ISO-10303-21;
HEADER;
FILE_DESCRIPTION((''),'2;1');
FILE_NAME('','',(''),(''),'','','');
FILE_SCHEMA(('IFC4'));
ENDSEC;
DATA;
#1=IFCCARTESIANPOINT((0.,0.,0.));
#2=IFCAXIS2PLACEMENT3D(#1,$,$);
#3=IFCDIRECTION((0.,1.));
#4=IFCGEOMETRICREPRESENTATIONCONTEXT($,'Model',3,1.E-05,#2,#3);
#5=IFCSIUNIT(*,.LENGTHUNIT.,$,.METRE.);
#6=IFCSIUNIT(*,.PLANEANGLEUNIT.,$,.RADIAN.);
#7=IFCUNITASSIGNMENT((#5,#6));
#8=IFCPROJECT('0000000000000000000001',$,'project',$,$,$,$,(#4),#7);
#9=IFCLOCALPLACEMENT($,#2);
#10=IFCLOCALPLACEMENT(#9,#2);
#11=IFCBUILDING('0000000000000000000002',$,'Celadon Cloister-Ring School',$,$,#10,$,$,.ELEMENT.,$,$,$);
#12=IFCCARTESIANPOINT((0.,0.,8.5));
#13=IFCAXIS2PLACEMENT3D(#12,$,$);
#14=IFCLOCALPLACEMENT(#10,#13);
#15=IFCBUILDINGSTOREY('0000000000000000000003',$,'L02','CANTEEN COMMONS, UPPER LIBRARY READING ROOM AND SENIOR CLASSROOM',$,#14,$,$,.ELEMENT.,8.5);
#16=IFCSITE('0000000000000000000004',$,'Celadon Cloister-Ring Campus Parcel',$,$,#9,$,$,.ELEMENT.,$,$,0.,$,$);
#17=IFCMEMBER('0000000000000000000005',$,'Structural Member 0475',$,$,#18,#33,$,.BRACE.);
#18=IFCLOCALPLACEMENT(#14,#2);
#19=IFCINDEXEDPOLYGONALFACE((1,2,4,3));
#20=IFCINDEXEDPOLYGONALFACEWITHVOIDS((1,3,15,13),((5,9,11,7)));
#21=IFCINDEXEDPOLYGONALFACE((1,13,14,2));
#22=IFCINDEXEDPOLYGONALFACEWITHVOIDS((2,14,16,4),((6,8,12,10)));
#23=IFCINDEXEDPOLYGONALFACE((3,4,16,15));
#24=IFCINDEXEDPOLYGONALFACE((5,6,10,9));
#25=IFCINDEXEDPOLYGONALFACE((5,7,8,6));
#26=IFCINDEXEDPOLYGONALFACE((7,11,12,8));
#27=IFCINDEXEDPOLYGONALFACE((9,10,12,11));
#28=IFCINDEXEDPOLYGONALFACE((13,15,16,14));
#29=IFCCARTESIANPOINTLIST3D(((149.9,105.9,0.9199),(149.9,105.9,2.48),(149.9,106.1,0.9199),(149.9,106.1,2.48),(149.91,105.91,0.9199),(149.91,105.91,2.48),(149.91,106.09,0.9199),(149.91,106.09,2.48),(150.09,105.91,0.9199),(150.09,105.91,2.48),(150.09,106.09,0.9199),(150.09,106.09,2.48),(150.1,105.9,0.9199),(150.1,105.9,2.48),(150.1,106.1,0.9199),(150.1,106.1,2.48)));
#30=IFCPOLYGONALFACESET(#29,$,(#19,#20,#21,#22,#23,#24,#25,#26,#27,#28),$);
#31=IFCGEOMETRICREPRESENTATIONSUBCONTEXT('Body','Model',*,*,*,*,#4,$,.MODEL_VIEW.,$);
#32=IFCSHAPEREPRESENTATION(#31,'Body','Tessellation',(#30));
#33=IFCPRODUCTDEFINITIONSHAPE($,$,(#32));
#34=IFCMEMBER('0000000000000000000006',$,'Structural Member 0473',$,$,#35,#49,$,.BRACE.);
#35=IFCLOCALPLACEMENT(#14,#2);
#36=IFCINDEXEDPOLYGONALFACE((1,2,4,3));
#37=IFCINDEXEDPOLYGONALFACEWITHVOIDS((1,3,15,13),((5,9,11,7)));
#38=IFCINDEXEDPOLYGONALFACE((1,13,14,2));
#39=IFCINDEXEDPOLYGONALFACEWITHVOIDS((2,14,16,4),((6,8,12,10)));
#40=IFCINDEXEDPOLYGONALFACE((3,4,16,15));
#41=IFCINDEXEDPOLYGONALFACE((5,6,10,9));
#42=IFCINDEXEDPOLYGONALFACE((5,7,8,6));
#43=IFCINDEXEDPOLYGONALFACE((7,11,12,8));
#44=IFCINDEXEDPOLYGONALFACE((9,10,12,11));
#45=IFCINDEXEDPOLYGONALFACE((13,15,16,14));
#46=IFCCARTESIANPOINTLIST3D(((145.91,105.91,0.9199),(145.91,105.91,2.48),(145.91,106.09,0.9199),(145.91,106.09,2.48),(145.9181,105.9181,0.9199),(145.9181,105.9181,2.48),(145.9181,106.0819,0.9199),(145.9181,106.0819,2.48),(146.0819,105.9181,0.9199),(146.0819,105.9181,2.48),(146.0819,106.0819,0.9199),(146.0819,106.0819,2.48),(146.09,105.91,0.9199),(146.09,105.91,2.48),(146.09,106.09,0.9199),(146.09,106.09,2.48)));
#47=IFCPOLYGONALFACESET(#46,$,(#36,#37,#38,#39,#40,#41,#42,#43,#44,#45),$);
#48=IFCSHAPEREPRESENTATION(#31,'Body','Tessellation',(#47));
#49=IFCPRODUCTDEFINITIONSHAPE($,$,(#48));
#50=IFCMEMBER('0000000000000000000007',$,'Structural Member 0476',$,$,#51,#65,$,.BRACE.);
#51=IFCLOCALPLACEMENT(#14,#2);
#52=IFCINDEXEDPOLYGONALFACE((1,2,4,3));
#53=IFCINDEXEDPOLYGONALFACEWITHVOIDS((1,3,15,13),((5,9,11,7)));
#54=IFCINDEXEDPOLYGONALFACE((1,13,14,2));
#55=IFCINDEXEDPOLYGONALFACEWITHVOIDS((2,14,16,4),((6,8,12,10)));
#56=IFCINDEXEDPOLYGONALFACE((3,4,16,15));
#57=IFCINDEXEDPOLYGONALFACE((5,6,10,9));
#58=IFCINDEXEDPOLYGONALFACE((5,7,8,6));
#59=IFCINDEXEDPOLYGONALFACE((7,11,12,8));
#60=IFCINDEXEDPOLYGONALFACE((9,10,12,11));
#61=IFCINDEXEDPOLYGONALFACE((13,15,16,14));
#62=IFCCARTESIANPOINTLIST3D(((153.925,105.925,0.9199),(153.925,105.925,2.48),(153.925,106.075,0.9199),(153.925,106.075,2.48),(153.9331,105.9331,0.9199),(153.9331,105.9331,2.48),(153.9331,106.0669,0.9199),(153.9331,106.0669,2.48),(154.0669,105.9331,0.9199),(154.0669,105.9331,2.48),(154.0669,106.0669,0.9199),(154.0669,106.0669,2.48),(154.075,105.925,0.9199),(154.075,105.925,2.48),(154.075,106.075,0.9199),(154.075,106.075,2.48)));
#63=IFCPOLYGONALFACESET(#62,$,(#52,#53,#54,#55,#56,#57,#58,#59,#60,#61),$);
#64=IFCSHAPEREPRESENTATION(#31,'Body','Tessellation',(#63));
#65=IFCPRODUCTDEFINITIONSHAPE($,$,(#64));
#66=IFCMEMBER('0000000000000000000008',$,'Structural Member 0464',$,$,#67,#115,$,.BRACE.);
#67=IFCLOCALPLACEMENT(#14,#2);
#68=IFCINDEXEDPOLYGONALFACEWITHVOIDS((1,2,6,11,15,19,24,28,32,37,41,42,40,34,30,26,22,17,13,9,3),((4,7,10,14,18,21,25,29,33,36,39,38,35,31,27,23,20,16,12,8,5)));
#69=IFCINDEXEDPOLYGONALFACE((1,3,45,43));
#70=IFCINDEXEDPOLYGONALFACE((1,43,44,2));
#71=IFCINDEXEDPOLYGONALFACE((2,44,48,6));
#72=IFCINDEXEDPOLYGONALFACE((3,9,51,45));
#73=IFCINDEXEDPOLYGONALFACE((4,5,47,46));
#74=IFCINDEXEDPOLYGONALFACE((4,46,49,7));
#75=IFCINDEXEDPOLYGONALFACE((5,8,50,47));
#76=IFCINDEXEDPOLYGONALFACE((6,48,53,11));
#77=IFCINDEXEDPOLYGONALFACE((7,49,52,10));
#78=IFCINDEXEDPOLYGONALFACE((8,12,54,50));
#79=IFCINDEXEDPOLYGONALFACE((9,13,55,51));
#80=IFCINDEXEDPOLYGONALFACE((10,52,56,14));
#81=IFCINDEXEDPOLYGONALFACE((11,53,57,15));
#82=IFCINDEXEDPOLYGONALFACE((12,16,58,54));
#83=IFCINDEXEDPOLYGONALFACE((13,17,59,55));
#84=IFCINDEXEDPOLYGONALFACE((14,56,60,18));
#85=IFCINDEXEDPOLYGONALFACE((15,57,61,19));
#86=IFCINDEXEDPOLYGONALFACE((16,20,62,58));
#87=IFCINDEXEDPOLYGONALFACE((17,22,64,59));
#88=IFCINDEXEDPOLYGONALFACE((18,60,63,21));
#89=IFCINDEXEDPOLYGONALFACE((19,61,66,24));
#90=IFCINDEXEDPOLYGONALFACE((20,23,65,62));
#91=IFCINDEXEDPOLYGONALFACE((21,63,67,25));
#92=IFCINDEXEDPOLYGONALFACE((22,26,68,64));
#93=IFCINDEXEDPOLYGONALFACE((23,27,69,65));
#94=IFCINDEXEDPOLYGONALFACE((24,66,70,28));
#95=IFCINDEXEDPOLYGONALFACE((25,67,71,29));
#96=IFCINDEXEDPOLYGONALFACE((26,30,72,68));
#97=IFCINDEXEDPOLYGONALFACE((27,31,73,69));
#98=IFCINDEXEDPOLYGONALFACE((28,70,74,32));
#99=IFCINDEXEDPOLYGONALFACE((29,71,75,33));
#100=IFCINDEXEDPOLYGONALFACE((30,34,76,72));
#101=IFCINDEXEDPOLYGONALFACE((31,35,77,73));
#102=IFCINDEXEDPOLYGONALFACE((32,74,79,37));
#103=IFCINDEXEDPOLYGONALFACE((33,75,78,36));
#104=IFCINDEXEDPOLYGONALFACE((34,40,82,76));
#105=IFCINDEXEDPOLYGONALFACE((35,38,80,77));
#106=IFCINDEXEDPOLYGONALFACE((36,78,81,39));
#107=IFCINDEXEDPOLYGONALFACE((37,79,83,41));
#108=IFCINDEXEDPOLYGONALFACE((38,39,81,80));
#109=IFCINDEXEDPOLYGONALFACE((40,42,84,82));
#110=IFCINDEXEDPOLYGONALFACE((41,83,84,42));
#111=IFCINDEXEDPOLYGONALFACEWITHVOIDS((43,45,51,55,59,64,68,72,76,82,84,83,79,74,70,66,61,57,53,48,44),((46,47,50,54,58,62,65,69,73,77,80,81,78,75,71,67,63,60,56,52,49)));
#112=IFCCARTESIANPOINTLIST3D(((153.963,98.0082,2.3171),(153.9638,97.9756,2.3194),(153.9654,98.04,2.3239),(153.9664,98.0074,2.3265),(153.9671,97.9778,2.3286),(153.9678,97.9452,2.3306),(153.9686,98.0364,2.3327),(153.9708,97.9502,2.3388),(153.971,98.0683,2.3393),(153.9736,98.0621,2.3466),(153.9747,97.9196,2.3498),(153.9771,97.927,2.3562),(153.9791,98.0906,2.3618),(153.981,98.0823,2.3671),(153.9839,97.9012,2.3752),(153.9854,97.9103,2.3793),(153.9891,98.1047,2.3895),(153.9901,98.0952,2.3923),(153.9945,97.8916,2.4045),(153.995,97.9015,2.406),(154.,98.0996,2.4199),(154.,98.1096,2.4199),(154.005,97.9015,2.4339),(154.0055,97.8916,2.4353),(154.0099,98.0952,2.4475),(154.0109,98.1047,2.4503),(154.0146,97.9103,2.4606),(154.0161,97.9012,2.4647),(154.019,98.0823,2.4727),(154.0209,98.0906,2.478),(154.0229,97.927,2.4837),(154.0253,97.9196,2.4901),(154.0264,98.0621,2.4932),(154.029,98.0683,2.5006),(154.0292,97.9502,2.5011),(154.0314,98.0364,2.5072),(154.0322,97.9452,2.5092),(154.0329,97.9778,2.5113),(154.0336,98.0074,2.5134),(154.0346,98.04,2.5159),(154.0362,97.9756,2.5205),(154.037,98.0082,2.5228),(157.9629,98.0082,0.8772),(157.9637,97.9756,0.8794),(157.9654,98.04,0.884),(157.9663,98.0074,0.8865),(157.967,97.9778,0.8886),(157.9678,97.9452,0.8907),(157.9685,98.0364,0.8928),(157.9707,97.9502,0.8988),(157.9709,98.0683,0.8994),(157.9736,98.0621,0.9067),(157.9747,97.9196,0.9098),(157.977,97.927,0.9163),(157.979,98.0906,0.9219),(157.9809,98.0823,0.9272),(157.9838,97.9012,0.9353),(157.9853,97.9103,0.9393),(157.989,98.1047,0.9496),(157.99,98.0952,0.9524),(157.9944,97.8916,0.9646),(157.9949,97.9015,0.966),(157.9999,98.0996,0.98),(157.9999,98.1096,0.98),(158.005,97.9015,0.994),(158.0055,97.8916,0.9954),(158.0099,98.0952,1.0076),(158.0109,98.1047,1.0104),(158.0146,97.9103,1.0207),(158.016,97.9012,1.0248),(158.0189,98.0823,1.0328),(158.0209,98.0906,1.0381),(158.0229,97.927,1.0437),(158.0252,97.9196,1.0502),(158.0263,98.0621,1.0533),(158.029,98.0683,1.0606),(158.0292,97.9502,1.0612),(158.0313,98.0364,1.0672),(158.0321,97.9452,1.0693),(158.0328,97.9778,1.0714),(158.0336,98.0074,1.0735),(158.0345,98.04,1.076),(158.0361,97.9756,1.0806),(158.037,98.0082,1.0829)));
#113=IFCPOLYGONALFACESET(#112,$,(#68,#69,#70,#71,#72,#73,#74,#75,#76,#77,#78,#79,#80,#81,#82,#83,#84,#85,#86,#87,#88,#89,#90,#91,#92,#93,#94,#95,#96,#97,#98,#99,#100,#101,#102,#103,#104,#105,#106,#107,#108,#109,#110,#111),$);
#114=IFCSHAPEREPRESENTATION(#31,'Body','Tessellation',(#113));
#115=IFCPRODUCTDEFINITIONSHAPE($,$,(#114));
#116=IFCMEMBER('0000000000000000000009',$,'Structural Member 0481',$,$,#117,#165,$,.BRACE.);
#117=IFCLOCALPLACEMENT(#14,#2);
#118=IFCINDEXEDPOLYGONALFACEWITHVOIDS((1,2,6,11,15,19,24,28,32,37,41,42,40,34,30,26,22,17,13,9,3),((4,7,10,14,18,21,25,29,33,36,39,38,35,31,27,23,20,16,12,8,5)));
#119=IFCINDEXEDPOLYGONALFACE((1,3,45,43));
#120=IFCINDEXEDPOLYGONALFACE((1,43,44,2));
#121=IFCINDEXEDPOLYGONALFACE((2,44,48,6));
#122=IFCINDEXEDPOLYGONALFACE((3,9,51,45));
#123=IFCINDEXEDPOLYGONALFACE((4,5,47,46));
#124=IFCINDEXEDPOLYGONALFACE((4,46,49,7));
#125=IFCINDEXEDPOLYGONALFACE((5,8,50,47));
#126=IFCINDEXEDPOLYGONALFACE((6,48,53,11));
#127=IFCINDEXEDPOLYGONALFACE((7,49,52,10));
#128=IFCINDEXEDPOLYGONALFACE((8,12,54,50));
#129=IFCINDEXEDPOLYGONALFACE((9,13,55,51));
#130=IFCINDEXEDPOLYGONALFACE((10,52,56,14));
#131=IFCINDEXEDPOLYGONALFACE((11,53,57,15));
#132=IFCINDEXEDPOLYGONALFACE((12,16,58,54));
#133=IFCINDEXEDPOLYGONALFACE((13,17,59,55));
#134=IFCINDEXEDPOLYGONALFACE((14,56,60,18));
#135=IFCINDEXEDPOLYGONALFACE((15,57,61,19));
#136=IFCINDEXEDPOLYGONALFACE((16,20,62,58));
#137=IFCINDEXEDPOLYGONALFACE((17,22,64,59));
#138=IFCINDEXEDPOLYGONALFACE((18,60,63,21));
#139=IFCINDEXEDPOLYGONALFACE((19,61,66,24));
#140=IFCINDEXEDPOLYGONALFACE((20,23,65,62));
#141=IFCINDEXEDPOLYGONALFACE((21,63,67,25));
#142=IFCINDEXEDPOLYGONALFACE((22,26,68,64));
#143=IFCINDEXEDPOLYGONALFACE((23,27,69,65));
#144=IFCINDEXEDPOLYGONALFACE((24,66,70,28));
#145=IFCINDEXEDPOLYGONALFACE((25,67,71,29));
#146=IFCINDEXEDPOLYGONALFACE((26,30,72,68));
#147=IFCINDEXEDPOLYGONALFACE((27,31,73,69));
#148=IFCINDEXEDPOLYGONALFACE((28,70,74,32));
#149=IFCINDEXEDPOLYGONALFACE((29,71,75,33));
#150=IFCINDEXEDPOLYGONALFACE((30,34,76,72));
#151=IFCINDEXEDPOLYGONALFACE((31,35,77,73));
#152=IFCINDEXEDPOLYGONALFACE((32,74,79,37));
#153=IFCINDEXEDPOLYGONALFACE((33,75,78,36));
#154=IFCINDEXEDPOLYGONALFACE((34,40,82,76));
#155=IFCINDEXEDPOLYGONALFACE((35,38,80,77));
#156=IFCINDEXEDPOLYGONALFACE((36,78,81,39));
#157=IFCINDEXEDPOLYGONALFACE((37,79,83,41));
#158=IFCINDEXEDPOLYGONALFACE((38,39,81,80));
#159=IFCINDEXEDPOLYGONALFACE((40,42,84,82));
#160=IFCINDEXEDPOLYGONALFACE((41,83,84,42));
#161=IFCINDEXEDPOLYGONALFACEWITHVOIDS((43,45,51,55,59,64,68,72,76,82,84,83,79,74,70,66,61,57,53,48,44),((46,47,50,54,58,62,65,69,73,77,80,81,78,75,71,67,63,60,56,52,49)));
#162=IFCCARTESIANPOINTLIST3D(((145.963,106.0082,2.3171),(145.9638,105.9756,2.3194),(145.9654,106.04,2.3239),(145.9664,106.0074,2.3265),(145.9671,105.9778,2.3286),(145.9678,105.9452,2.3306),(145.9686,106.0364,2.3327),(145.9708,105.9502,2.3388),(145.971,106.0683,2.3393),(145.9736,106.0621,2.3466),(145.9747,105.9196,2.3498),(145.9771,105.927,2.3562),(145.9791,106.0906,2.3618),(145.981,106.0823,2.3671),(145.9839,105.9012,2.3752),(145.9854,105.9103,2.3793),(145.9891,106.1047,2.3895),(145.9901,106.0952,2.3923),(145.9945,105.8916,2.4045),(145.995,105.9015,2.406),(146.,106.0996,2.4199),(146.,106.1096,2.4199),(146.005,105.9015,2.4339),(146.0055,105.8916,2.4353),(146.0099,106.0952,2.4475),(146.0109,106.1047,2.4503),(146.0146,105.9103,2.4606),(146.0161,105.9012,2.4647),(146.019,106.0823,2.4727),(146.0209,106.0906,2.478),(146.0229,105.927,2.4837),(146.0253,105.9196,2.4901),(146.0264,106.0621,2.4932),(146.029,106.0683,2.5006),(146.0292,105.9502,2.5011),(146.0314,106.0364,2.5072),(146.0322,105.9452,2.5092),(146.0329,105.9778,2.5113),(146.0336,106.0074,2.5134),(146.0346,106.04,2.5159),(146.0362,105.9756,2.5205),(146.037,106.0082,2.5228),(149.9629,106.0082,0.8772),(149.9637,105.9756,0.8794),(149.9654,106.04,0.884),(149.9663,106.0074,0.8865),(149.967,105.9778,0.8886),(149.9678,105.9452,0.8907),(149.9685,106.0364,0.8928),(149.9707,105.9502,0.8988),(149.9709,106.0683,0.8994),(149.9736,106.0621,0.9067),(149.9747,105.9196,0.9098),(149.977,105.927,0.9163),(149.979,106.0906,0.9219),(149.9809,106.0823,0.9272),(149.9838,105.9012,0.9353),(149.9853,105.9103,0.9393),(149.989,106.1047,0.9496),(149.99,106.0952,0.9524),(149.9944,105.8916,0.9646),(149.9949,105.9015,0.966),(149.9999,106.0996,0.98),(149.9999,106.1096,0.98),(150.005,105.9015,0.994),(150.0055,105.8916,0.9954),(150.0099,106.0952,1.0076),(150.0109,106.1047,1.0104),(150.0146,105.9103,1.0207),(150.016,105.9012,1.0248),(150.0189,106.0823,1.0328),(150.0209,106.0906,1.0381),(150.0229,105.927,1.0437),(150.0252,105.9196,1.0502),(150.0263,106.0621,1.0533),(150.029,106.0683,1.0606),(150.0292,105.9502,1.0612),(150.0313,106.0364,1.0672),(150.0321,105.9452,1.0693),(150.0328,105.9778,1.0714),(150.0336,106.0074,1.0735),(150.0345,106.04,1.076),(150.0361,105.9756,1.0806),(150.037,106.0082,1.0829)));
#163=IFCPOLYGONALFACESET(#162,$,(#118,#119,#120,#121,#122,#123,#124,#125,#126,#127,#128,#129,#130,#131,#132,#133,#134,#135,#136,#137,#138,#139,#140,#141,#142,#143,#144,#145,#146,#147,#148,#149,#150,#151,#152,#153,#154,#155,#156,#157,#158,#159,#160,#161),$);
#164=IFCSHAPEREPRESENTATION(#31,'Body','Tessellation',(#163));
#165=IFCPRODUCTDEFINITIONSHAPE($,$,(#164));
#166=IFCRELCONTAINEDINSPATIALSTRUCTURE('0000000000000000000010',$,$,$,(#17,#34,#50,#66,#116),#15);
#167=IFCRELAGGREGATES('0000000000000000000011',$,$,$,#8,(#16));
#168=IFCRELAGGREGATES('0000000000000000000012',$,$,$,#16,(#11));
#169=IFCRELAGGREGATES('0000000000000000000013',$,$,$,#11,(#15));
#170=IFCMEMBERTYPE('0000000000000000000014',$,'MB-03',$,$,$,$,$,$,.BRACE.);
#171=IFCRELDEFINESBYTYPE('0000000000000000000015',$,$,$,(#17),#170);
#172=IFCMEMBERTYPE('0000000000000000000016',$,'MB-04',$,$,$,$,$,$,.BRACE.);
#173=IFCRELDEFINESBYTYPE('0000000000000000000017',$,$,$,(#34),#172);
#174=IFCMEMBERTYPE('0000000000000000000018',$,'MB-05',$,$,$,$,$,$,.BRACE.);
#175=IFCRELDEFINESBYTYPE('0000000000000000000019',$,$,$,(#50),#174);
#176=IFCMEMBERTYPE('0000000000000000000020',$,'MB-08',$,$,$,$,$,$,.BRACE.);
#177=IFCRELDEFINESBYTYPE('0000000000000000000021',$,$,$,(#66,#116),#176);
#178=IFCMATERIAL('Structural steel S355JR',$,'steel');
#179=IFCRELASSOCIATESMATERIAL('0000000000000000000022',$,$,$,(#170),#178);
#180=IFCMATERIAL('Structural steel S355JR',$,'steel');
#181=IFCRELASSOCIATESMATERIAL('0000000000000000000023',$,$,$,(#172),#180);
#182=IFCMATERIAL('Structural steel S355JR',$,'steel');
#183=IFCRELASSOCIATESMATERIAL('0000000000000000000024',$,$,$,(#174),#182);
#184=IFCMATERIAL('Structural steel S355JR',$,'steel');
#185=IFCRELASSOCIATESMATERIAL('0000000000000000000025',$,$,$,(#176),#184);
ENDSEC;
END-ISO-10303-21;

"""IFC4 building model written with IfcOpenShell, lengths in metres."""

from ifc_helpers import new_model, si_unit, direction, frame, origin, origin_2d, place, context, subcontext, project, spatial, hollow_rectangle, hollow_circle, extrude, material, material_profile, profile_set, type_object, element, save


model = new_model("IFC4")

# Units and contexts
model_context = context("Model", 3, precision=1e-05, world=origin(), true_north=direction((0.0, 1.0)))
body_context = subcontext(model_context, "Body", "Model", "MODEL_VIEW")
ifc_project = project(units=[si_unit("LENGTHUNIT", "METRE"), si_unit("PLANEANGLEUNIT", "RADIAN")], contexts=[model_context])

# Site, building, storey
site_placement = place(None, origin())
site = spatial("IfcSite", under=ifc_project, at=site_placement, Name="Celadon Cloister-Ring Campus Parcel", CompositionType="ELEMENT", RefElevation=0.0)
building_placement = place(site_placement, origin())
building = spatial("IfcBuilding", under=site, at=building_placement, Name="Celadon Cloister-Ring School", CompositionType="ELEMENT")
storey_placement = place(building_placement, frame((0.0, 0.0, 8.5)))
storey = spatial("IfcBuildingStorey", under=building, at=storey_placement, Name="L02", Description="CANTEEN COMMONS, UPPER LIBRARY READING ROOM AND SENIOR CLASSROOM", CompositionType="ELEMENT", Elevation=8.5)

# Members
ifc_material_1 = material(Name="Structural steel S355JR", Category="steel")
ifc_material_profile_1 = material_profile(ifc_material_1, hollow_rectangle(XDim=0.2, YDim=0.2, WallThickness=0.01, at=origin_2d()), Name="HSS200X200X10")
ifc_profile_set_1 = profile_set([ifc_material_profile_1], Name="Structural steel S355JR")
member_type_1 = type_object("IfcMemberType", Name="MB-03", PredefinedType="BRACE", material=ifc_profile_set_1)
member_1_placement = place(storey_placement, frame((150.0, 106.0, 0.9199), z_axis=(0.0, 0.0, 1.0), x_axis=(1.0, 0.0, 0.0)))
element("IfcMember", 1, at=member_1_placement, inside=storey, type_object=member_type_1, Name="Structural Member 0475", PredefinedType="BRACE", context=body_context, shape_type="SweptSolid", body=[
    extrude(hollow_rectangle(XDim=0.2, YDim=0.2, WallThickness=0.01, at=origin_2d()), origin(), (0.0, 0.0, 1.0), 1.5601),
])
ifc_material_2 = material(Name="Structural steel S355JR", Category="steel")
ifc_material_profile_2 = material_profile(ifc_material_2, hollow_rectangle(XDim=0.1799, YDim=0.1799, WallThickness=0.0081, at=origin_2d()), Name="HSS180X180X8")
ifc_profile_set_2 = profile_set([ifc_material_profile_2], Name="Structural steel S355JR")
member_type_2 = type_object("IfcMemberType", Name="MB-04", PredefinedType="BRACE", material=ifc_profile_set_2)
member_2_placement = place(storey_placement, frame((146.0, 106.0, 0.9199), z_axis=(0.0, 0.0, 1.0), x_axis=(1.0, 0.0, 0.0)))
element("IfcMember", 2, at=member_2_placement, inside=storey, type_object=member_type_2, Name="Structural Member 0473", PredefinedType="BRACE", context=body_context, shape_type="SweptSolid", body=[
    extrude(hollow_rectangle(XDim=0.1799, YDim=0.1799, WallThickness=0.0081, at=origin_2d()), origin(), (0.0, 0.0, 1.0), 1.5601),
])
ifc_material_3 = material(Name="Structural steel S355JR", Category="steel")
ifc_material_profile_3 = material_profile(ifc_material_3, hollow_rectangle(XDim=0.1499, YDim=0.1499, WallThickness=0.0081, at=origin_2d()), Name="HSS150X150X8")
ifc_profile_set_3 = profile_set([ifc_material_profile_3], Name="Structural steel S355JR")
member_type_3 = type_object("IfcMemberType", Name="MB-05", PredefinedType="BRACE", material=ifc_profile_set_3)
member_3_placement = place(storey_placement, frame((154.0, 106.0, 0.9199), z_axis=(0.0, 0.0, 1.0), x_axis=(1.0, 0.0, 0.0)))
element("IfcMember", 3, at=member_3_placement, inside=storey, type_object=member_type_3, Name="Structural Member 0476", PredefinedType="BRACE", context=body_context, shape_type="SweptSolid", body=[
    extrude(hollow_rectangle(XDim=0.1499, YDim=0.1499, WallThickness=0.0081, at=origin_2d()), origin(), (0.0, 0.0, 1.0), 1.5601),
])
ifc_material_4 = material(Name="Structural steel S355JR", Category="steel")
ifc_material_profile_4 = material_profile(ifc_material_4, hollow_circle(Radius=0.1096, WallThickness=0.01, at=origin_2d()), Name="CHS219.1X10")
ifc_profile_set_4 = profile_set([ifc_material_profile_4], Name="Structural steel S355JR")
member_type_4 = type_object("IfcMemberType", Name="MB-08", PredefinedType="BRACE", material=ifc_profile_set_4)
for number, where, z_axis, x_axis, name in (
    (4, (154.0, 98.0, 2.4199), (0.940892, 0.0, -0.338707), (0.0, 1.0, 0.0), "Structural Member 0464"),
    (5, (146.0, 106.0, 2.4199), (0.940892, 0.0, -0.338707), (0.0, 1.0, 0.0), "Structural Member 0481"),
):
    element("IfcMember", number, at=place(storey_placement, frame(where, z_axis=z_axis, x_axis=x_axis)), inside=storey, type_object=member_type_4, Name=name, PredefinedType="BRACE", context=body_context, shape_type="SweptSolid", body=[
        extrude(hollow_circle(Radius=0.1096, WallThickness=0.01, at=origin_2d()), origin(), (0.0, 0.0, 1.0), 4.2512),
    ])

save(model, "model.ifc")
